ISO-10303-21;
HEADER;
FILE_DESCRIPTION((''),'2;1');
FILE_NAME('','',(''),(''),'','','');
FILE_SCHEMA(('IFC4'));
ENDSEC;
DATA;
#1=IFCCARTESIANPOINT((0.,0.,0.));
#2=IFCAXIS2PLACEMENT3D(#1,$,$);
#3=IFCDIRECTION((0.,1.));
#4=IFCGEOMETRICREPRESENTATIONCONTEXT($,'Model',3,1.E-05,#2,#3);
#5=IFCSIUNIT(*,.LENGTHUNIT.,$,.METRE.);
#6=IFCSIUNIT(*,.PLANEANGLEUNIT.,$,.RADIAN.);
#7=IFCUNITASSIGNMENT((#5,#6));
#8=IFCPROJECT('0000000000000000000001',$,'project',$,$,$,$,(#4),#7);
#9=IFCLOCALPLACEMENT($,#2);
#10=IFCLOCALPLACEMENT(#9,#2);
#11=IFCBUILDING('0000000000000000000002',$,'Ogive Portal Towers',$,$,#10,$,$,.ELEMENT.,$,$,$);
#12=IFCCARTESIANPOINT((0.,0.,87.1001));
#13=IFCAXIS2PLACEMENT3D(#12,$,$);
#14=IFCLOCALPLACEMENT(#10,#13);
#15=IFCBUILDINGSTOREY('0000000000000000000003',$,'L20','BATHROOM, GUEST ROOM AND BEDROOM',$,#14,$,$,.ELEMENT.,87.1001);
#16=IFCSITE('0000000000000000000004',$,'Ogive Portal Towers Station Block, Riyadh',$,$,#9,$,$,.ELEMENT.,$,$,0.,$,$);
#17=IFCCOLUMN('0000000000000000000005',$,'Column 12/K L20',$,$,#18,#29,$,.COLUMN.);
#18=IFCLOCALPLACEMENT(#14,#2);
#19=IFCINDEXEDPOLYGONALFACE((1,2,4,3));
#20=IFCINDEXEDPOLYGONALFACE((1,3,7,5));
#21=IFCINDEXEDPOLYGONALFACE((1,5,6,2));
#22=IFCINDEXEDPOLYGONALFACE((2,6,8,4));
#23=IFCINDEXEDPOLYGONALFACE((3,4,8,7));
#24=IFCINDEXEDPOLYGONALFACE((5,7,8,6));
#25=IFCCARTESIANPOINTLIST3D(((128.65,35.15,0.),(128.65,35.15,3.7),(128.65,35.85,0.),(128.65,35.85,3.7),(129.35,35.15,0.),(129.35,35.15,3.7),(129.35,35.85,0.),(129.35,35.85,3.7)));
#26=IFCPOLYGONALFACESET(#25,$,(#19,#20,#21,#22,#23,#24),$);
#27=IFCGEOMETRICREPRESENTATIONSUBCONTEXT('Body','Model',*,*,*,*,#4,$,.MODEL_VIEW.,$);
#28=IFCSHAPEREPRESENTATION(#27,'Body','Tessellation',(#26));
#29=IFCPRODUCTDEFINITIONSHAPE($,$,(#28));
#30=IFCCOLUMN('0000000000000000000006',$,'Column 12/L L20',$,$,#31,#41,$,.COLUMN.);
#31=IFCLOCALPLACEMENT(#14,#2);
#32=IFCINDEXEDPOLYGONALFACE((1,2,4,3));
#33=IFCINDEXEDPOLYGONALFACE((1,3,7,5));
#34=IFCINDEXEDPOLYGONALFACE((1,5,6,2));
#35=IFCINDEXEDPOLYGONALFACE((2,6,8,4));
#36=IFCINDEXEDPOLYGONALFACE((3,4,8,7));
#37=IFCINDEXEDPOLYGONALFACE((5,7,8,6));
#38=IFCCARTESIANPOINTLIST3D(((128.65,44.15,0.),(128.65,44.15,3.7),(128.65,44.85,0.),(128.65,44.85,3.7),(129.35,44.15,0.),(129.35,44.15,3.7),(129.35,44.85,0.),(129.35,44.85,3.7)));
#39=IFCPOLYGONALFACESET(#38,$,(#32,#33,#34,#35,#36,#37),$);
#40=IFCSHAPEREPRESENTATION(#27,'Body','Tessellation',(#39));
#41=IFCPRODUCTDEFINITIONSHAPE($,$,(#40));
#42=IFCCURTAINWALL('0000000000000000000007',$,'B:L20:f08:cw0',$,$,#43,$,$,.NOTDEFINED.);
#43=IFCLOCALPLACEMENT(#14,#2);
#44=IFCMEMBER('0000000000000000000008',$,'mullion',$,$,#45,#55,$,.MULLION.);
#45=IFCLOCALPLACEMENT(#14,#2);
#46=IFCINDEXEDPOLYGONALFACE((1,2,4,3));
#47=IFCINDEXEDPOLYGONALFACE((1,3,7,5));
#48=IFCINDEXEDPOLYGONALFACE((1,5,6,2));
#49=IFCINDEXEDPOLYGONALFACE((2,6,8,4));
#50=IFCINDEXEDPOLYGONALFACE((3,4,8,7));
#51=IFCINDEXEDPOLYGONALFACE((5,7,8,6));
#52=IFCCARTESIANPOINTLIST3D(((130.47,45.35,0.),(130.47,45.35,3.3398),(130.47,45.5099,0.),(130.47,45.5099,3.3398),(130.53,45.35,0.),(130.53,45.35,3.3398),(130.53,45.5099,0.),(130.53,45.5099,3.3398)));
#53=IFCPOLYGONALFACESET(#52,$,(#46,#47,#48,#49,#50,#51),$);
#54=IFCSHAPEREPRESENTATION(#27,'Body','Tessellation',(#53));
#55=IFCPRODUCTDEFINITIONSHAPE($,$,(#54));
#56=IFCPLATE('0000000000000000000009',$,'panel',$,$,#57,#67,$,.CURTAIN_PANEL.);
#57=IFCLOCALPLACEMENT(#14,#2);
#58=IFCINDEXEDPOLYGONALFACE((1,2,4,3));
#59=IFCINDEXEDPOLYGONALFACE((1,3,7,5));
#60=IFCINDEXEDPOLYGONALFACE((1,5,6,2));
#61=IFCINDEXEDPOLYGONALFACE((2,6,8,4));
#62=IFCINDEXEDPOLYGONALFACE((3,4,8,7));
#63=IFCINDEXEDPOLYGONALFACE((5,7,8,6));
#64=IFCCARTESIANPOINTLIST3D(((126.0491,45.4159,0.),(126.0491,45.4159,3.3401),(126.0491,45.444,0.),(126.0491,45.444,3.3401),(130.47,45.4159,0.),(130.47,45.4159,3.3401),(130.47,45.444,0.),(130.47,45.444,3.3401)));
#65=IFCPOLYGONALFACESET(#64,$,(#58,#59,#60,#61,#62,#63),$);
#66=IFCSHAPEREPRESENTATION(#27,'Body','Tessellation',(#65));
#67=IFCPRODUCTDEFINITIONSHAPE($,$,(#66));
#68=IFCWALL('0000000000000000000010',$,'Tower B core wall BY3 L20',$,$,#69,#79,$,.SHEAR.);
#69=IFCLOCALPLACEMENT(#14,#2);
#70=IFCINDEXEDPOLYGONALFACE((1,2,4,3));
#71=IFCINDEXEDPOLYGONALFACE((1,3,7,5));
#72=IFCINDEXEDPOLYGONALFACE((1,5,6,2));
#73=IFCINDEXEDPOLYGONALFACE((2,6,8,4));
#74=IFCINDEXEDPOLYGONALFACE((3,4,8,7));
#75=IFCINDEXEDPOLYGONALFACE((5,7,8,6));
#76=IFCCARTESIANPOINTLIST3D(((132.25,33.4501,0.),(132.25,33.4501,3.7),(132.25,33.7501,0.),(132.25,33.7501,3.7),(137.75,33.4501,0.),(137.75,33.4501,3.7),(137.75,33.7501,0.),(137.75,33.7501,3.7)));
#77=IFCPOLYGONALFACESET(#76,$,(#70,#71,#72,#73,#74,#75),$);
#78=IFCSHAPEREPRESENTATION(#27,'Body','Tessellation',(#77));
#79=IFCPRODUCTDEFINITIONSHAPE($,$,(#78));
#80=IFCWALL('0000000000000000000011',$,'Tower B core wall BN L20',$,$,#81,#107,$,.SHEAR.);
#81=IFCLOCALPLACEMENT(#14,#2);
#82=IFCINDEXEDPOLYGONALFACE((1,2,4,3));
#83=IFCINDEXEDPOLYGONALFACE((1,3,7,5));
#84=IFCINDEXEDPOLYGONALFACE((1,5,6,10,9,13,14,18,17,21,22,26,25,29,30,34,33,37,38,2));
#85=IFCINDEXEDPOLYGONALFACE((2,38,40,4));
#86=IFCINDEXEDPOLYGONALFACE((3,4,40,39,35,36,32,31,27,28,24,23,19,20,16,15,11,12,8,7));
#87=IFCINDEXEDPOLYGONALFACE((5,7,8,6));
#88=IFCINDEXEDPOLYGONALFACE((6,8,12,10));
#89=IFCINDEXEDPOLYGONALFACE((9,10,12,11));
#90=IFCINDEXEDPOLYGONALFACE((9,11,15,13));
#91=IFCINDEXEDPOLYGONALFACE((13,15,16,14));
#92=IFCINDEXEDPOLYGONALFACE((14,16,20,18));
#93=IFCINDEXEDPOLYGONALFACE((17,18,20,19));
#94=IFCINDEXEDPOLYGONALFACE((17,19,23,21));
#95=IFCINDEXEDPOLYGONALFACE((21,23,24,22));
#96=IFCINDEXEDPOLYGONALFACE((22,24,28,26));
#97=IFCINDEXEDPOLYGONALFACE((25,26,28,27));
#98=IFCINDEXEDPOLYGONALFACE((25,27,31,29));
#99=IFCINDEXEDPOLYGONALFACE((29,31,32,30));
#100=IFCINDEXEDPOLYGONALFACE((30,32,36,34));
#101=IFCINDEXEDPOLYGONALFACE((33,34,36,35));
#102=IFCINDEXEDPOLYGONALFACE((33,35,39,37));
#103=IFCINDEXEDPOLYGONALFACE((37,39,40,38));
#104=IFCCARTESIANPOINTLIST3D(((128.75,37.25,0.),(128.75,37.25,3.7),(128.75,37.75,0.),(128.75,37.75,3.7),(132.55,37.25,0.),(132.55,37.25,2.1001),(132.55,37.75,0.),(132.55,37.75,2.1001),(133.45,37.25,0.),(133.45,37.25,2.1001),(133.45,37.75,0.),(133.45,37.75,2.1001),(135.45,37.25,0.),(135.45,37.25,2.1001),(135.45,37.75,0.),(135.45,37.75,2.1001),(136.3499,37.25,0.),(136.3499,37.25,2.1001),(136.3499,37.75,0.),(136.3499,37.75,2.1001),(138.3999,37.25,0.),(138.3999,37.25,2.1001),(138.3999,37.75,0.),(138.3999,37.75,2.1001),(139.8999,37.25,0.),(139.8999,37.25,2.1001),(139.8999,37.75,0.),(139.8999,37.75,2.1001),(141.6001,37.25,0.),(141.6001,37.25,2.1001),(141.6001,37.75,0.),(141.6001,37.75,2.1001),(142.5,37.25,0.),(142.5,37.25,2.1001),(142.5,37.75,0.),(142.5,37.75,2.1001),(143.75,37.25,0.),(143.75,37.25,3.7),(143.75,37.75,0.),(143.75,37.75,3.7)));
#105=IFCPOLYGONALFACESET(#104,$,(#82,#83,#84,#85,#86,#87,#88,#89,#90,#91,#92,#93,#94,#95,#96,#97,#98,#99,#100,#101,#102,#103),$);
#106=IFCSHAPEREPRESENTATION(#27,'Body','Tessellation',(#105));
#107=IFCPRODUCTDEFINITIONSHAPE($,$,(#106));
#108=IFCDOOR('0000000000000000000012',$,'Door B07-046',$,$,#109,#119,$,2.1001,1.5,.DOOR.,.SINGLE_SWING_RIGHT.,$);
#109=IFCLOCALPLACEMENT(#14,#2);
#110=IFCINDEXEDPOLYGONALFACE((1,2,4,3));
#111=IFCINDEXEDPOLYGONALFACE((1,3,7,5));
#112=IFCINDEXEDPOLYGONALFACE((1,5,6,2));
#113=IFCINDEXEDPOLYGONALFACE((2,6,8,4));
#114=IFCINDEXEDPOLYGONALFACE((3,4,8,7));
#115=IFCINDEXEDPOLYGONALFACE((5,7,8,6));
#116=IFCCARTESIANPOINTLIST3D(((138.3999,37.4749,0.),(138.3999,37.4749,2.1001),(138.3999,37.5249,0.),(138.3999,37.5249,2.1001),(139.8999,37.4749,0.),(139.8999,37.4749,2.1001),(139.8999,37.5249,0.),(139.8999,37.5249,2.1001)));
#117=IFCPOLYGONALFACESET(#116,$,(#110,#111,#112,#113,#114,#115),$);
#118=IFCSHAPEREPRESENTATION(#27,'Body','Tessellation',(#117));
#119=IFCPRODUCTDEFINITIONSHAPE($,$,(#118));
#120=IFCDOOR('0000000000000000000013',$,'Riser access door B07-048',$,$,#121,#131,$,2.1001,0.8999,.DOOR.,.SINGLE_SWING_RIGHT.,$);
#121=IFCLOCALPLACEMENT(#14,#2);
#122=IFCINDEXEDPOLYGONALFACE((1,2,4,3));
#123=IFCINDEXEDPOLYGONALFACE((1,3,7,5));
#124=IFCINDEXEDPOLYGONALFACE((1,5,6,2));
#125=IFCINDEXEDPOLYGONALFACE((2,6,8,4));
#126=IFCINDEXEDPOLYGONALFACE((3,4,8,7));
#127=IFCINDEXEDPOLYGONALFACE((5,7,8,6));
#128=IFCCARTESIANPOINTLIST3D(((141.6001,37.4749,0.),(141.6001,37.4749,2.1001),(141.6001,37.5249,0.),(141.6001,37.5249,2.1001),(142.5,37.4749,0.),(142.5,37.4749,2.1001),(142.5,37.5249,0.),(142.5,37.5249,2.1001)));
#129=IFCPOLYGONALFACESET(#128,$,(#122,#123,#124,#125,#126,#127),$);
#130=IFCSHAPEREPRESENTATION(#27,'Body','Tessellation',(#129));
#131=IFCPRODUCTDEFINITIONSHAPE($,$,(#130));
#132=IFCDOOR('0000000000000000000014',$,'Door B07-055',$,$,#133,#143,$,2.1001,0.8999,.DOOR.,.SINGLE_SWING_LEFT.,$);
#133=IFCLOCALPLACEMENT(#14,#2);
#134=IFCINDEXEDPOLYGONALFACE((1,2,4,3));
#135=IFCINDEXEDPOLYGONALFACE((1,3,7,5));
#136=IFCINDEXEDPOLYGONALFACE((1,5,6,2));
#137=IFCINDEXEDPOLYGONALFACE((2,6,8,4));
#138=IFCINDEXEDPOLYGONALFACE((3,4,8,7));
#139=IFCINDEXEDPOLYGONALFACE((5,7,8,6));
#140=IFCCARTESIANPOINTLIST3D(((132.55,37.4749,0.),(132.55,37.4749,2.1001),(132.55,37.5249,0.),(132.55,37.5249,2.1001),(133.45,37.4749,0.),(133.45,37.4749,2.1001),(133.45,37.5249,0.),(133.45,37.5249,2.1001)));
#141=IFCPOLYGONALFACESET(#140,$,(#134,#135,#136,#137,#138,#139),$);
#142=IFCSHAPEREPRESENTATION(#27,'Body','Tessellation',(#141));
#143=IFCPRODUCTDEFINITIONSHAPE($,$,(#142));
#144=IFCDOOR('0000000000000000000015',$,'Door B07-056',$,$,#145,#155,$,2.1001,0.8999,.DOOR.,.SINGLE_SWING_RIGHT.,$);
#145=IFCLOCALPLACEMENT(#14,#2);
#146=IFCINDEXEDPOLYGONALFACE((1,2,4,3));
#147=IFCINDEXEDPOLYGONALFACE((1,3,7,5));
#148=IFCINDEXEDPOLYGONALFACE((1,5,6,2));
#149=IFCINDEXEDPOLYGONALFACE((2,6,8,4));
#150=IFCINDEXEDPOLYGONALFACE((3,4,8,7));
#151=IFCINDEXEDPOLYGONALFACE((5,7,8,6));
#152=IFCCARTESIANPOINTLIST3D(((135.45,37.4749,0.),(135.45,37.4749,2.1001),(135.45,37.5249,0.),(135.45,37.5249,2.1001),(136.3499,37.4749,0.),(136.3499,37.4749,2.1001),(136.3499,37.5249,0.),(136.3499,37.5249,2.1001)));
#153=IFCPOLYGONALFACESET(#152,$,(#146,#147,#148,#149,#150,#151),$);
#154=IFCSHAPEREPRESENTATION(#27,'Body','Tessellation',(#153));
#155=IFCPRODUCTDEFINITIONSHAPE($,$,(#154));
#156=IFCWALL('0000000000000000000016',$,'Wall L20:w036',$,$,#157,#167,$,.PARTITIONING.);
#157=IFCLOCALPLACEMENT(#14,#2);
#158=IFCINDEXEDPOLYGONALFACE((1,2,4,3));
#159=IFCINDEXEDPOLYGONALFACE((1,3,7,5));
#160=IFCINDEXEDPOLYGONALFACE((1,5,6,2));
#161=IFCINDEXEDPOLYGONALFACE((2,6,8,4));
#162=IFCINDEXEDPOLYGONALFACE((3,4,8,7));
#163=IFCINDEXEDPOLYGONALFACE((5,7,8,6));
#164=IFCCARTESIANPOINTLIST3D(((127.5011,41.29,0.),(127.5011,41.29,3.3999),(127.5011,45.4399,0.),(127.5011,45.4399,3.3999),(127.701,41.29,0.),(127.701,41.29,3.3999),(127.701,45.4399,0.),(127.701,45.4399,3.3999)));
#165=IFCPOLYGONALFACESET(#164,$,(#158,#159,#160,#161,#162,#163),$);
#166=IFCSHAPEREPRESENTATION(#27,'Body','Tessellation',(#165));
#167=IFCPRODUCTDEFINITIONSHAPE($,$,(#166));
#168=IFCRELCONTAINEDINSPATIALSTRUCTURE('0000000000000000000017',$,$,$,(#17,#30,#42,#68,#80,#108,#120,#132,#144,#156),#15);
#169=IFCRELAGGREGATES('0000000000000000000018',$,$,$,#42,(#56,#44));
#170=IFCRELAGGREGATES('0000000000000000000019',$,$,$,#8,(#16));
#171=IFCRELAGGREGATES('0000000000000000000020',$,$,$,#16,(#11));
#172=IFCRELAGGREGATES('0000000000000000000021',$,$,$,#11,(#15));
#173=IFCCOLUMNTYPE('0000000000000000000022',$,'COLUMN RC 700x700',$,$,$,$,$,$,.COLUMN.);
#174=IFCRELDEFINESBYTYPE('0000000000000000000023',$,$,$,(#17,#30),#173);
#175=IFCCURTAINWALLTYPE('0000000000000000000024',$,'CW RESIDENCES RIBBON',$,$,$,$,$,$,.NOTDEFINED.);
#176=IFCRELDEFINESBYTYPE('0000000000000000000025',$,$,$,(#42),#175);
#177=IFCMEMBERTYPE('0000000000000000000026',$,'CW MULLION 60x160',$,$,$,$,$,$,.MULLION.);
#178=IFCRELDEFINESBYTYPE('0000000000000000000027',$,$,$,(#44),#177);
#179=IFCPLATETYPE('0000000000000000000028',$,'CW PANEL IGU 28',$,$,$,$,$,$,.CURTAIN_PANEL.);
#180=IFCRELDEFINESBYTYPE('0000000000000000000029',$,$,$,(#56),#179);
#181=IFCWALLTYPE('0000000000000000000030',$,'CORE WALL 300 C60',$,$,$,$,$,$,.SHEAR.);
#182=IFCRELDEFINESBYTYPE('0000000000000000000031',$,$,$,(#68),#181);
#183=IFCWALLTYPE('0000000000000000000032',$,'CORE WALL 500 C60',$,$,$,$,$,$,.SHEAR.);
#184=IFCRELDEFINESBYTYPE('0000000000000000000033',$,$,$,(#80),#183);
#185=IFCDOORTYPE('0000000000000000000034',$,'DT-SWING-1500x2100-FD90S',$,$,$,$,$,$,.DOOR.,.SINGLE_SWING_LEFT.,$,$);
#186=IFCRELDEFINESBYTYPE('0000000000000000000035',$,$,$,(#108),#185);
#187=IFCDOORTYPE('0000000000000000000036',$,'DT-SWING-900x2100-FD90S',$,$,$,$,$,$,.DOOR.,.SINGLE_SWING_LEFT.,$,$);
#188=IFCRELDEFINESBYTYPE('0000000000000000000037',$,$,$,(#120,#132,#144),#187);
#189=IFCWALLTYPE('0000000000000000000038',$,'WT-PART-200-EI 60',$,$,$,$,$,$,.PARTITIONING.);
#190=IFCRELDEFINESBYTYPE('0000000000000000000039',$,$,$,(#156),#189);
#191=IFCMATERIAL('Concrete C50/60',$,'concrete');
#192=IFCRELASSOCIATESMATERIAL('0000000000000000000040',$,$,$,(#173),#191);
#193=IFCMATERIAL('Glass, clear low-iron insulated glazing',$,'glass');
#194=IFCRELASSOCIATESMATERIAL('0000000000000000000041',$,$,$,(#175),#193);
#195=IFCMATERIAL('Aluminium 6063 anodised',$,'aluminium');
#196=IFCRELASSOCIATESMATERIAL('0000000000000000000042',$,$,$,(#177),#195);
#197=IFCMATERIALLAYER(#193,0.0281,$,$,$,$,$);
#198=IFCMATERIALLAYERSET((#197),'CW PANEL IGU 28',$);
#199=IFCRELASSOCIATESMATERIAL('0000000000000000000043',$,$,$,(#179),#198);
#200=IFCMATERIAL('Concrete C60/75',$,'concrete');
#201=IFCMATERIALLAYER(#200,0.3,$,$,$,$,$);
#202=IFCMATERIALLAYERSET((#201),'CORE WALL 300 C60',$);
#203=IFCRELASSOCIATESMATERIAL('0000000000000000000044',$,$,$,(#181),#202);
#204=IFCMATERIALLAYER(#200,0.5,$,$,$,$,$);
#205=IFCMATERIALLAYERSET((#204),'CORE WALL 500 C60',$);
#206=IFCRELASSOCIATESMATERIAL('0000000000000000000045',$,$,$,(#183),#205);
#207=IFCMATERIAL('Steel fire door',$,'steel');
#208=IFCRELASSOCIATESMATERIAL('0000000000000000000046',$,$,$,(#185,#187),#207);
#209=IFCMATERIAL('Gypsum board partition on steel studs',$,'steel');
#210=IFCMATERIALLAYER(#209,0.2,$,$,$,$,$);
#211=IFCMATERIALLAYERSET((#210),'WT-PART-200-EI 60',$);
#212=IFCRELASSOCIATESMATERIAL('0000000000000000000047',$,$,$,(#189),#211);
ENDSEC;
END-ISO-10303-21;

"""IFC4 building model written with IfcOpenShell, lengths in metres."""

from ifc_helpers import new_model, si_unit, direction, frame, frame_2d, origin, origin_2d, place, context, subcontext, project, spatial, rectangle, extrude, material, layer, layer_set, material_profile, profile_set, type_object, element, fill, aggregate, save


model = new_model("IFC4")

# Units and contexts
model_context = context("Model", 3, precision=1e-05, world=origin(), true_north=direction((0.0, 1.0)))
body_context = subcontext(model_context, "Body", "Model", "MODEL_VIEW")
ifc_project = project(units=[si_unit("LENGTHUNIT", "METRE"), si_unit("PLANEANGLEUNIT", "RADIAN")], contexts=[model_context])

# Site, building, storey
site_placement = place(None, origin())
site = spatial("IfcSite", under=ifc_project, at=site_placement, Name="Ogive Portal Towers Station Block, Riyadh", CompositionType="ELEMENT", RefElevation=0.0)
building_placement = place(site_placement, origin())
building = spatial("IfcBuilding", under=site, at=building_placement, Name="Ogive Portal Towers", CompositionType="ELEMENT")
storey_placement = place(building_placement, frame((0.0, 0.0, 87.1001)))
storey = spatial("IfcBuildingStorey", under=building, at=storey_placement, Name="L20", Description="BATHROOM, GUEST ROOM AND BEDROOM", CompositionType="ELEMENT", Elevation=87.1001)

# Columns
ifc_material_1 = material(Name="Concrete C50/60", Category="concrete")
ifc_material_profile_1 = material_profile(ifc_material_1, rectangle(XDim=0.7, YDim=0.7, at=origin_2d()), Name="RC 700x700")
ifc_profile_set_1 = profile_set([ifc_material_profile_1], Name="Concrete C50/60")
column_type = type_object("IfcColumnType", Name="COLUMN RC 700x700", PredefinedType="COLUMN", material=ifc_profile_set_1)
for number, where, z_axis, x_axis, name in (
    (1, (129.0, 35.5, 0.0), (0.0, 0.0, 1.0), (1.0, 0.0, 0.0), "Column 12/K L20"),
    (2, (129.0, 44.5, 0.0), (0.0, 0.0, 1.0), (1.0, 0.0, 0.0), "Column 12/L L20"),
):
    element("IfcColumn", number, at=place(storey_placement, frame(where, z_axis=z_axis, x_axis=x_axis)), inside=storey, type_object=column_type, Name=name, PredefinedType="COLUMN", context=body_context, shape_type="SweptSolid", body=[
        extrude(rectangle(XDim=0.7, YDim=0.7, at=origin_2d()), origin(), (0.0, 0.0, 1.0), 3.7),
    ])

# Curtain wall, member, plate
ifc_material_2 = material(Name="Glass, clear low-iron insulated glazing", Category="glass")
curtain_wall_type = type_object("IfcCurtainWallType", Name="CW RESIDENCES RIBBON", PredefinedType="NOTDEFINED", material=ifc_material_2)
curtain_wall_placement = place(storey_placement, origin())
curtain_wall = element("IfcCurtainWall", 3, at=curtain_wall_placement, inside=storey, type_object=curtain_wall_type, Name="B:L20:f08:cw0", PredefinedType="NOTDEFINED")
ifc_material_3 = material(Name="Aluminium 6063 anodised", Category="aluminium")
ifc_material_profile_2 = material_profile(ifc_material_3, rectangle(XDim=0.1599, YDim=0.0601, at=origin_2d()), Name="AL 60x160")
ifc_profile_set_2 = profile_set([ifc_material_profile_2], Name="Aluminium 6063 anodised")
member_type = type_object("IfcMemberType", Name="CW MULLION 60x160", PredefinedType="MULLION", material=ifc_profile_set_2)
member_placement = place(storey_placement, frame((130.5, 45.4299, 0.0), z_axis=(0.0, 0.0, 1.0), x_axis=(0.0, -1.0, 0.0)))
member = element("IfcMember", 4, at=member_placement, type_object=member_type, Name="mullion", PredefinedType="MULLION", context=body_context, shape_type="SweptSolid", body=[
    extrude(rectangle(XDim=0.1599, YDim=0.0601, at=origin_2d()), origin(), (0.0, 0.0, 1.0), 3.3398),
])
ifc_layer_1 = layer(ifc_material_2, 0.0281)
ifc_layer_set_1 = layer_set([ifc_layer_1], Name="CW PANEL IGU 28")
plate_type = type_object("IfcPlateType", Name="CW PANEL IGU 28", PredefinedType="CURTAIN_PANEL", material=ifc_layer_set_1)
plate_placement = place(storey_placement, frame((128.2595, 45.4299, 0.0), z_axis=(0.0, 0.0, 1.0), x_axis=(-1.0, 0.0, 0.0)))
plate = element("IfcPlate", 5, at=plate_placement, type_object=plate_type, Name="panel", PredefinedType="CURTAIN_PANEL", context=body_context, shape_type="SweptSolid", body=[
    extrude(rectangle(XDim=4.4209, YDim=0.0281, at=origin_2d()), origin(), (0.0, 0.0, 1.0), 3.3401),
])
aggregate(curtain_wall, [plate, member])

# Shared definitions
ifc_material_4 = material(Name="Concrete C60/75", Category="concrete")
ifc_layer_2 = layer(ifc_material_4, 0.3)
ifc_layer_set_2 = layer_set([ifc_layer_2], Name="CORE WALL 300 C60")
wall_type_1 = type_object("IfcWallType", Name="CORE WALL 300 C60", PredefinedType="SHEAR", material=ifc_layer_set_2)

# Wall
wall_1_placement = place(storey_placement, frame((132.25, 33.6001, 0.0), z_axis=(0.0, 0.0, 1.0), x_axis=(1.0, 0.0, 0.0)))
element("IfcWall", 6, at=wall_1_placement, inside=storey, type_object=wall_type_1, Name="Tower B core wall BY3 L20", PredefinedType="SHEAR", context=body_context, shape_type="SweptSolid", body=[
    extrude(rectangle(XDim=5.5, YDim=0.3, at=frame_2d((2.75, 0.0))), origin(), (0.0, 0.0, 1.0), 3.7),
])

# Wall, openings, doors
ifc_layer_3 = layer(ifc_material_4, 0.5)
ifc_layer_set_3 = layer_set([ifc_layer_3], Name="CORE WALL 500 C60")
wall_type_2 = type_object("IfcWallType", Name="CORE WALL 500 C60", PredefinedType="SHEAR", material=ifc_layer_set_3)
wall_2_placement = place(storey_placement, frame((128.75, 37.5, 0.0), z_axis=(0.0, 0.0, 1.0), x_axis=(1.0, 0.0, 0.0)))
wall_2 = element("IfcWall", 7, at=wall_2_placement, inside=storey, type_object=wall_type_2, Name="Tower B core wall BN L20", PredefinedType="SHEAR", context=body_context, shape_type="SweptSolid", body=[
    extrude(rectangle(XDim=15.0, YDim=0.5, at=frame_2d((7.5, 0.0))), origin(), (0.0, 0.0, 1.0), 3.7),
])
opening_1_placement = place(wall_2_placement, frame((9.6499, 0.0, 0.0)))
opening_1 = element("IfcOpeningElement", 8, at=opening_1_placement, cuts=wall_2, PredefinedType="OPENING", context=body_context, shape_type="SweptSolid", body=[
    extrude(rectangle(XDim=1.5, YDim=2.1001, at=frame_2d((0.75, 1.05))), frame((0.0, 0.26, 0.0), z_axis=(0.0, -1.0, 0.0), x_axis=(1.0, 0.0, 0.0)), (0.0, 0.0, 1.0), 0.52),
])
opening_2_placement = place(wall_2_placement, frame((12.8501, 0.0, 0.0)))
opening_2 = element("IfcOpeningElement", 9, at=opening_2_placement, cuts=wall_2, PredefinedType="OPENING", context=body_context, shape_type="SweptSolid", body=[
    extrude(rectangle(XDim=0.8999, YDim=2.1001, at=frame_2d((0.45, 1.05))), frame((0.0, 0.26, 0.0), z_axis=(0.0, -1.0, 0.0), x_axis=(1.0, 0.0, 0.0)), (0.0, 0.0, 1.0), 0.52),
])
opening_3_placement = place(wall_2_placement, frame((3.8, 0.0, 0.0)))
opening_3 = element("IfcOpeningElement", 10, at=opening_3_placement, cuts=wall_2, PredefinedType="OPENING", context=body_context, shape_type="SweptSolid", body=[
    extrude(rectangle(XDim=0.8999, YDim=2.1001, at=frame_2d((0.45, 1.05))), frame((0.0, 0.26, 0.0), z_axis=(0.0, -1.0, 0.0), x_axis=(1.0, 0.0, 0.0)), (0.0, 0.0, 1.0), 0.52),
])
opening_4_placement = place(wall_2_placement, frame((6.7, 0.0, 0.0)))
opening_4 = element("IfcOpeningElement", 11, at=opening_4_placement, cuts=wall_2, PredefinedType="OPENING", context=body_context, shape_type="SweptSolid", body=[
    extrude(rectangle(XDim=0.8999, YDim=2.1001, at=frame_2d((0.45, 1.05))), frame((0.0, 0.26, 0.0), z_axis=(0.0, -1.0, 0.0), x_axis=(1.0, 0.0, 0.0)), (0.0, 0.0, 1.0), 0.52),
])
ifc_material_5 = material(Name="Steel fire door", Category="steel")
door_type_1 = type_object("IfcDoorType", Name="DT-SWING-1500x2100-FD90S", OperationType="SINGLE_SWING_LEFT", PredefinedType="DOOR", material=ifc_material_5)
door_1_placement = place(opening_1_placement, origin())
door_1 = element("IfcDoor", 12, at=door_1_placement, inside=storey, type_object=door_type_1, Name="Door B07-046", OperationType="SINGLE_SWING_RIGHT", OverallHeight=2.1001, OverallWidth=1.5, PredefinedType="DOOR", context=body_context, shape_type="SweptSolid", body=[
    extrude(rectangle(XDim=1.5, YDim=2.1001, at=frame_2d((0.75, 1.05))), frame((0.0, 0.0249, 0.0), z_axis=(0.0, -1.0, 0.0), x_axis=(1.0, 0.0, 0.0)), (0.0, 0.0, 1.0), 0.05),
])
fill(opening_1, door_1)
door_type_2 = type_object("IfcDoorType", Name="DT-SWING-900x2100-FD90S", OperationType="SINGLE_SWING_LEFT", PredefinedType="DOOR", material=ifc_material_5)
door_2_placement = place(opening_2_placement, origin())
door_2 = element("IfcDoor", 13, at=door_2_placement, inside=storey, type_object=door_type_2, Name="Riser access door B07-048", OperationType="SINGLE_SWING_RIGHT", OverallHeight=2.1001, OverallWidth=0.8999, PredefinedType="DOOR", context=body_context, shape_type="SweptSolid", body=[
    extrude(rectangle(XDim=0.8999, YDim=2.1001, at=frame_2d((0.45, 1.05))), frame((0.0, 0.0249, 0.0), z_axis=(0.0, -1.0, 0.0), x_axis=(1.0, 0.0, 0.0)), (0.0, 0.0, 1.0), 0.05),
])
fill(opening_2, door_2)
door_3_placement = place(opening_3_placement, origin())
door_3 = element("IfcDoor", 14, at=door_3_placement, inside=storey, type_object=door_type_2, Name="Door B07-055", OperationType="SINGLE_SWING_LEFT", OverallHeight=2.1001, OverallWidth=0.8999, PredefinedType="DOOR", context=body_context, shape_type="SweptSolid", body=[
    extrude(rectangle(XDim=0.8999, YDim=2.1001, at=frame_2d((0.45, 1.05))), frame((0.0, 0.0249, 0.0), z_axis=(0.0, -1.0, 0.0), x_axis=(1.0, 0.0, 0.0)), (0.0, 0.0, 1.0), 0.05),
])
fill(opening_3, door_3)
door_4_placement = place(opening_4_placement, origin())
door_4 = element("IfcDoor", 15, at=door_4_placement, inside=storey, type_object=door_type_2, Name="Door B07-056", OperationType="SINGLE_SWING_RIGHT", OverallHeight=2.1001, OverallWidth=0.8999, PredefinedType="DOOR", context=body_context, shape_type="SweptSolid", body=[
    extrude(rectangle(XDim=0.8999, YDim=2.1001, at=frame_2d((0.45, 1.05))), frame((0.0, 0.0249, 0.0), z_axis=(0.0, -1.0, 0.0), x_axis=(1.0, 0.0, 0.0)), (0.0, 0.0, 1.0), 0.05),
])
fill(opening_4, door_4)

# Wall
ifc_material_6 = material(Name="Gypsum board partition on steel studs", Category="steel")
ifc_layer_4 = layer(ifc_material_6, 0.2)
ifc_layer_set_4 = layer_set([ifc_layer_4], Name="WT-PART-200-EI 60")
wall_type_3 = type_object("IfcWallType", Name="WT-PART-200-EI 60", PredefinedType="PARTITIONING", material=ifc_layer_set_4)
wall_3_placement = place(storey_placement, frame((127.6011, 41.29, 0.0), z_axis=(0.0, 0.0, 1.0), x_axis=(0.0, 1.0, 0.0)))
element("IfcWall", 16, at=wall_3_placement, inside=storey, type_object=wall_type_3, Name="Wall L20:w036", PredefinedType="PARTITIONING", context=body_context, shape_type="SweptSolid", body=[
    extrude(rectangle(XDim=4.1499, YDim=0.2, at=frame_2d((2.075, 0.0))), origin(), (0.0, 0.0, 1.0), 3.3999),
])

save(model, "model.ifc")
